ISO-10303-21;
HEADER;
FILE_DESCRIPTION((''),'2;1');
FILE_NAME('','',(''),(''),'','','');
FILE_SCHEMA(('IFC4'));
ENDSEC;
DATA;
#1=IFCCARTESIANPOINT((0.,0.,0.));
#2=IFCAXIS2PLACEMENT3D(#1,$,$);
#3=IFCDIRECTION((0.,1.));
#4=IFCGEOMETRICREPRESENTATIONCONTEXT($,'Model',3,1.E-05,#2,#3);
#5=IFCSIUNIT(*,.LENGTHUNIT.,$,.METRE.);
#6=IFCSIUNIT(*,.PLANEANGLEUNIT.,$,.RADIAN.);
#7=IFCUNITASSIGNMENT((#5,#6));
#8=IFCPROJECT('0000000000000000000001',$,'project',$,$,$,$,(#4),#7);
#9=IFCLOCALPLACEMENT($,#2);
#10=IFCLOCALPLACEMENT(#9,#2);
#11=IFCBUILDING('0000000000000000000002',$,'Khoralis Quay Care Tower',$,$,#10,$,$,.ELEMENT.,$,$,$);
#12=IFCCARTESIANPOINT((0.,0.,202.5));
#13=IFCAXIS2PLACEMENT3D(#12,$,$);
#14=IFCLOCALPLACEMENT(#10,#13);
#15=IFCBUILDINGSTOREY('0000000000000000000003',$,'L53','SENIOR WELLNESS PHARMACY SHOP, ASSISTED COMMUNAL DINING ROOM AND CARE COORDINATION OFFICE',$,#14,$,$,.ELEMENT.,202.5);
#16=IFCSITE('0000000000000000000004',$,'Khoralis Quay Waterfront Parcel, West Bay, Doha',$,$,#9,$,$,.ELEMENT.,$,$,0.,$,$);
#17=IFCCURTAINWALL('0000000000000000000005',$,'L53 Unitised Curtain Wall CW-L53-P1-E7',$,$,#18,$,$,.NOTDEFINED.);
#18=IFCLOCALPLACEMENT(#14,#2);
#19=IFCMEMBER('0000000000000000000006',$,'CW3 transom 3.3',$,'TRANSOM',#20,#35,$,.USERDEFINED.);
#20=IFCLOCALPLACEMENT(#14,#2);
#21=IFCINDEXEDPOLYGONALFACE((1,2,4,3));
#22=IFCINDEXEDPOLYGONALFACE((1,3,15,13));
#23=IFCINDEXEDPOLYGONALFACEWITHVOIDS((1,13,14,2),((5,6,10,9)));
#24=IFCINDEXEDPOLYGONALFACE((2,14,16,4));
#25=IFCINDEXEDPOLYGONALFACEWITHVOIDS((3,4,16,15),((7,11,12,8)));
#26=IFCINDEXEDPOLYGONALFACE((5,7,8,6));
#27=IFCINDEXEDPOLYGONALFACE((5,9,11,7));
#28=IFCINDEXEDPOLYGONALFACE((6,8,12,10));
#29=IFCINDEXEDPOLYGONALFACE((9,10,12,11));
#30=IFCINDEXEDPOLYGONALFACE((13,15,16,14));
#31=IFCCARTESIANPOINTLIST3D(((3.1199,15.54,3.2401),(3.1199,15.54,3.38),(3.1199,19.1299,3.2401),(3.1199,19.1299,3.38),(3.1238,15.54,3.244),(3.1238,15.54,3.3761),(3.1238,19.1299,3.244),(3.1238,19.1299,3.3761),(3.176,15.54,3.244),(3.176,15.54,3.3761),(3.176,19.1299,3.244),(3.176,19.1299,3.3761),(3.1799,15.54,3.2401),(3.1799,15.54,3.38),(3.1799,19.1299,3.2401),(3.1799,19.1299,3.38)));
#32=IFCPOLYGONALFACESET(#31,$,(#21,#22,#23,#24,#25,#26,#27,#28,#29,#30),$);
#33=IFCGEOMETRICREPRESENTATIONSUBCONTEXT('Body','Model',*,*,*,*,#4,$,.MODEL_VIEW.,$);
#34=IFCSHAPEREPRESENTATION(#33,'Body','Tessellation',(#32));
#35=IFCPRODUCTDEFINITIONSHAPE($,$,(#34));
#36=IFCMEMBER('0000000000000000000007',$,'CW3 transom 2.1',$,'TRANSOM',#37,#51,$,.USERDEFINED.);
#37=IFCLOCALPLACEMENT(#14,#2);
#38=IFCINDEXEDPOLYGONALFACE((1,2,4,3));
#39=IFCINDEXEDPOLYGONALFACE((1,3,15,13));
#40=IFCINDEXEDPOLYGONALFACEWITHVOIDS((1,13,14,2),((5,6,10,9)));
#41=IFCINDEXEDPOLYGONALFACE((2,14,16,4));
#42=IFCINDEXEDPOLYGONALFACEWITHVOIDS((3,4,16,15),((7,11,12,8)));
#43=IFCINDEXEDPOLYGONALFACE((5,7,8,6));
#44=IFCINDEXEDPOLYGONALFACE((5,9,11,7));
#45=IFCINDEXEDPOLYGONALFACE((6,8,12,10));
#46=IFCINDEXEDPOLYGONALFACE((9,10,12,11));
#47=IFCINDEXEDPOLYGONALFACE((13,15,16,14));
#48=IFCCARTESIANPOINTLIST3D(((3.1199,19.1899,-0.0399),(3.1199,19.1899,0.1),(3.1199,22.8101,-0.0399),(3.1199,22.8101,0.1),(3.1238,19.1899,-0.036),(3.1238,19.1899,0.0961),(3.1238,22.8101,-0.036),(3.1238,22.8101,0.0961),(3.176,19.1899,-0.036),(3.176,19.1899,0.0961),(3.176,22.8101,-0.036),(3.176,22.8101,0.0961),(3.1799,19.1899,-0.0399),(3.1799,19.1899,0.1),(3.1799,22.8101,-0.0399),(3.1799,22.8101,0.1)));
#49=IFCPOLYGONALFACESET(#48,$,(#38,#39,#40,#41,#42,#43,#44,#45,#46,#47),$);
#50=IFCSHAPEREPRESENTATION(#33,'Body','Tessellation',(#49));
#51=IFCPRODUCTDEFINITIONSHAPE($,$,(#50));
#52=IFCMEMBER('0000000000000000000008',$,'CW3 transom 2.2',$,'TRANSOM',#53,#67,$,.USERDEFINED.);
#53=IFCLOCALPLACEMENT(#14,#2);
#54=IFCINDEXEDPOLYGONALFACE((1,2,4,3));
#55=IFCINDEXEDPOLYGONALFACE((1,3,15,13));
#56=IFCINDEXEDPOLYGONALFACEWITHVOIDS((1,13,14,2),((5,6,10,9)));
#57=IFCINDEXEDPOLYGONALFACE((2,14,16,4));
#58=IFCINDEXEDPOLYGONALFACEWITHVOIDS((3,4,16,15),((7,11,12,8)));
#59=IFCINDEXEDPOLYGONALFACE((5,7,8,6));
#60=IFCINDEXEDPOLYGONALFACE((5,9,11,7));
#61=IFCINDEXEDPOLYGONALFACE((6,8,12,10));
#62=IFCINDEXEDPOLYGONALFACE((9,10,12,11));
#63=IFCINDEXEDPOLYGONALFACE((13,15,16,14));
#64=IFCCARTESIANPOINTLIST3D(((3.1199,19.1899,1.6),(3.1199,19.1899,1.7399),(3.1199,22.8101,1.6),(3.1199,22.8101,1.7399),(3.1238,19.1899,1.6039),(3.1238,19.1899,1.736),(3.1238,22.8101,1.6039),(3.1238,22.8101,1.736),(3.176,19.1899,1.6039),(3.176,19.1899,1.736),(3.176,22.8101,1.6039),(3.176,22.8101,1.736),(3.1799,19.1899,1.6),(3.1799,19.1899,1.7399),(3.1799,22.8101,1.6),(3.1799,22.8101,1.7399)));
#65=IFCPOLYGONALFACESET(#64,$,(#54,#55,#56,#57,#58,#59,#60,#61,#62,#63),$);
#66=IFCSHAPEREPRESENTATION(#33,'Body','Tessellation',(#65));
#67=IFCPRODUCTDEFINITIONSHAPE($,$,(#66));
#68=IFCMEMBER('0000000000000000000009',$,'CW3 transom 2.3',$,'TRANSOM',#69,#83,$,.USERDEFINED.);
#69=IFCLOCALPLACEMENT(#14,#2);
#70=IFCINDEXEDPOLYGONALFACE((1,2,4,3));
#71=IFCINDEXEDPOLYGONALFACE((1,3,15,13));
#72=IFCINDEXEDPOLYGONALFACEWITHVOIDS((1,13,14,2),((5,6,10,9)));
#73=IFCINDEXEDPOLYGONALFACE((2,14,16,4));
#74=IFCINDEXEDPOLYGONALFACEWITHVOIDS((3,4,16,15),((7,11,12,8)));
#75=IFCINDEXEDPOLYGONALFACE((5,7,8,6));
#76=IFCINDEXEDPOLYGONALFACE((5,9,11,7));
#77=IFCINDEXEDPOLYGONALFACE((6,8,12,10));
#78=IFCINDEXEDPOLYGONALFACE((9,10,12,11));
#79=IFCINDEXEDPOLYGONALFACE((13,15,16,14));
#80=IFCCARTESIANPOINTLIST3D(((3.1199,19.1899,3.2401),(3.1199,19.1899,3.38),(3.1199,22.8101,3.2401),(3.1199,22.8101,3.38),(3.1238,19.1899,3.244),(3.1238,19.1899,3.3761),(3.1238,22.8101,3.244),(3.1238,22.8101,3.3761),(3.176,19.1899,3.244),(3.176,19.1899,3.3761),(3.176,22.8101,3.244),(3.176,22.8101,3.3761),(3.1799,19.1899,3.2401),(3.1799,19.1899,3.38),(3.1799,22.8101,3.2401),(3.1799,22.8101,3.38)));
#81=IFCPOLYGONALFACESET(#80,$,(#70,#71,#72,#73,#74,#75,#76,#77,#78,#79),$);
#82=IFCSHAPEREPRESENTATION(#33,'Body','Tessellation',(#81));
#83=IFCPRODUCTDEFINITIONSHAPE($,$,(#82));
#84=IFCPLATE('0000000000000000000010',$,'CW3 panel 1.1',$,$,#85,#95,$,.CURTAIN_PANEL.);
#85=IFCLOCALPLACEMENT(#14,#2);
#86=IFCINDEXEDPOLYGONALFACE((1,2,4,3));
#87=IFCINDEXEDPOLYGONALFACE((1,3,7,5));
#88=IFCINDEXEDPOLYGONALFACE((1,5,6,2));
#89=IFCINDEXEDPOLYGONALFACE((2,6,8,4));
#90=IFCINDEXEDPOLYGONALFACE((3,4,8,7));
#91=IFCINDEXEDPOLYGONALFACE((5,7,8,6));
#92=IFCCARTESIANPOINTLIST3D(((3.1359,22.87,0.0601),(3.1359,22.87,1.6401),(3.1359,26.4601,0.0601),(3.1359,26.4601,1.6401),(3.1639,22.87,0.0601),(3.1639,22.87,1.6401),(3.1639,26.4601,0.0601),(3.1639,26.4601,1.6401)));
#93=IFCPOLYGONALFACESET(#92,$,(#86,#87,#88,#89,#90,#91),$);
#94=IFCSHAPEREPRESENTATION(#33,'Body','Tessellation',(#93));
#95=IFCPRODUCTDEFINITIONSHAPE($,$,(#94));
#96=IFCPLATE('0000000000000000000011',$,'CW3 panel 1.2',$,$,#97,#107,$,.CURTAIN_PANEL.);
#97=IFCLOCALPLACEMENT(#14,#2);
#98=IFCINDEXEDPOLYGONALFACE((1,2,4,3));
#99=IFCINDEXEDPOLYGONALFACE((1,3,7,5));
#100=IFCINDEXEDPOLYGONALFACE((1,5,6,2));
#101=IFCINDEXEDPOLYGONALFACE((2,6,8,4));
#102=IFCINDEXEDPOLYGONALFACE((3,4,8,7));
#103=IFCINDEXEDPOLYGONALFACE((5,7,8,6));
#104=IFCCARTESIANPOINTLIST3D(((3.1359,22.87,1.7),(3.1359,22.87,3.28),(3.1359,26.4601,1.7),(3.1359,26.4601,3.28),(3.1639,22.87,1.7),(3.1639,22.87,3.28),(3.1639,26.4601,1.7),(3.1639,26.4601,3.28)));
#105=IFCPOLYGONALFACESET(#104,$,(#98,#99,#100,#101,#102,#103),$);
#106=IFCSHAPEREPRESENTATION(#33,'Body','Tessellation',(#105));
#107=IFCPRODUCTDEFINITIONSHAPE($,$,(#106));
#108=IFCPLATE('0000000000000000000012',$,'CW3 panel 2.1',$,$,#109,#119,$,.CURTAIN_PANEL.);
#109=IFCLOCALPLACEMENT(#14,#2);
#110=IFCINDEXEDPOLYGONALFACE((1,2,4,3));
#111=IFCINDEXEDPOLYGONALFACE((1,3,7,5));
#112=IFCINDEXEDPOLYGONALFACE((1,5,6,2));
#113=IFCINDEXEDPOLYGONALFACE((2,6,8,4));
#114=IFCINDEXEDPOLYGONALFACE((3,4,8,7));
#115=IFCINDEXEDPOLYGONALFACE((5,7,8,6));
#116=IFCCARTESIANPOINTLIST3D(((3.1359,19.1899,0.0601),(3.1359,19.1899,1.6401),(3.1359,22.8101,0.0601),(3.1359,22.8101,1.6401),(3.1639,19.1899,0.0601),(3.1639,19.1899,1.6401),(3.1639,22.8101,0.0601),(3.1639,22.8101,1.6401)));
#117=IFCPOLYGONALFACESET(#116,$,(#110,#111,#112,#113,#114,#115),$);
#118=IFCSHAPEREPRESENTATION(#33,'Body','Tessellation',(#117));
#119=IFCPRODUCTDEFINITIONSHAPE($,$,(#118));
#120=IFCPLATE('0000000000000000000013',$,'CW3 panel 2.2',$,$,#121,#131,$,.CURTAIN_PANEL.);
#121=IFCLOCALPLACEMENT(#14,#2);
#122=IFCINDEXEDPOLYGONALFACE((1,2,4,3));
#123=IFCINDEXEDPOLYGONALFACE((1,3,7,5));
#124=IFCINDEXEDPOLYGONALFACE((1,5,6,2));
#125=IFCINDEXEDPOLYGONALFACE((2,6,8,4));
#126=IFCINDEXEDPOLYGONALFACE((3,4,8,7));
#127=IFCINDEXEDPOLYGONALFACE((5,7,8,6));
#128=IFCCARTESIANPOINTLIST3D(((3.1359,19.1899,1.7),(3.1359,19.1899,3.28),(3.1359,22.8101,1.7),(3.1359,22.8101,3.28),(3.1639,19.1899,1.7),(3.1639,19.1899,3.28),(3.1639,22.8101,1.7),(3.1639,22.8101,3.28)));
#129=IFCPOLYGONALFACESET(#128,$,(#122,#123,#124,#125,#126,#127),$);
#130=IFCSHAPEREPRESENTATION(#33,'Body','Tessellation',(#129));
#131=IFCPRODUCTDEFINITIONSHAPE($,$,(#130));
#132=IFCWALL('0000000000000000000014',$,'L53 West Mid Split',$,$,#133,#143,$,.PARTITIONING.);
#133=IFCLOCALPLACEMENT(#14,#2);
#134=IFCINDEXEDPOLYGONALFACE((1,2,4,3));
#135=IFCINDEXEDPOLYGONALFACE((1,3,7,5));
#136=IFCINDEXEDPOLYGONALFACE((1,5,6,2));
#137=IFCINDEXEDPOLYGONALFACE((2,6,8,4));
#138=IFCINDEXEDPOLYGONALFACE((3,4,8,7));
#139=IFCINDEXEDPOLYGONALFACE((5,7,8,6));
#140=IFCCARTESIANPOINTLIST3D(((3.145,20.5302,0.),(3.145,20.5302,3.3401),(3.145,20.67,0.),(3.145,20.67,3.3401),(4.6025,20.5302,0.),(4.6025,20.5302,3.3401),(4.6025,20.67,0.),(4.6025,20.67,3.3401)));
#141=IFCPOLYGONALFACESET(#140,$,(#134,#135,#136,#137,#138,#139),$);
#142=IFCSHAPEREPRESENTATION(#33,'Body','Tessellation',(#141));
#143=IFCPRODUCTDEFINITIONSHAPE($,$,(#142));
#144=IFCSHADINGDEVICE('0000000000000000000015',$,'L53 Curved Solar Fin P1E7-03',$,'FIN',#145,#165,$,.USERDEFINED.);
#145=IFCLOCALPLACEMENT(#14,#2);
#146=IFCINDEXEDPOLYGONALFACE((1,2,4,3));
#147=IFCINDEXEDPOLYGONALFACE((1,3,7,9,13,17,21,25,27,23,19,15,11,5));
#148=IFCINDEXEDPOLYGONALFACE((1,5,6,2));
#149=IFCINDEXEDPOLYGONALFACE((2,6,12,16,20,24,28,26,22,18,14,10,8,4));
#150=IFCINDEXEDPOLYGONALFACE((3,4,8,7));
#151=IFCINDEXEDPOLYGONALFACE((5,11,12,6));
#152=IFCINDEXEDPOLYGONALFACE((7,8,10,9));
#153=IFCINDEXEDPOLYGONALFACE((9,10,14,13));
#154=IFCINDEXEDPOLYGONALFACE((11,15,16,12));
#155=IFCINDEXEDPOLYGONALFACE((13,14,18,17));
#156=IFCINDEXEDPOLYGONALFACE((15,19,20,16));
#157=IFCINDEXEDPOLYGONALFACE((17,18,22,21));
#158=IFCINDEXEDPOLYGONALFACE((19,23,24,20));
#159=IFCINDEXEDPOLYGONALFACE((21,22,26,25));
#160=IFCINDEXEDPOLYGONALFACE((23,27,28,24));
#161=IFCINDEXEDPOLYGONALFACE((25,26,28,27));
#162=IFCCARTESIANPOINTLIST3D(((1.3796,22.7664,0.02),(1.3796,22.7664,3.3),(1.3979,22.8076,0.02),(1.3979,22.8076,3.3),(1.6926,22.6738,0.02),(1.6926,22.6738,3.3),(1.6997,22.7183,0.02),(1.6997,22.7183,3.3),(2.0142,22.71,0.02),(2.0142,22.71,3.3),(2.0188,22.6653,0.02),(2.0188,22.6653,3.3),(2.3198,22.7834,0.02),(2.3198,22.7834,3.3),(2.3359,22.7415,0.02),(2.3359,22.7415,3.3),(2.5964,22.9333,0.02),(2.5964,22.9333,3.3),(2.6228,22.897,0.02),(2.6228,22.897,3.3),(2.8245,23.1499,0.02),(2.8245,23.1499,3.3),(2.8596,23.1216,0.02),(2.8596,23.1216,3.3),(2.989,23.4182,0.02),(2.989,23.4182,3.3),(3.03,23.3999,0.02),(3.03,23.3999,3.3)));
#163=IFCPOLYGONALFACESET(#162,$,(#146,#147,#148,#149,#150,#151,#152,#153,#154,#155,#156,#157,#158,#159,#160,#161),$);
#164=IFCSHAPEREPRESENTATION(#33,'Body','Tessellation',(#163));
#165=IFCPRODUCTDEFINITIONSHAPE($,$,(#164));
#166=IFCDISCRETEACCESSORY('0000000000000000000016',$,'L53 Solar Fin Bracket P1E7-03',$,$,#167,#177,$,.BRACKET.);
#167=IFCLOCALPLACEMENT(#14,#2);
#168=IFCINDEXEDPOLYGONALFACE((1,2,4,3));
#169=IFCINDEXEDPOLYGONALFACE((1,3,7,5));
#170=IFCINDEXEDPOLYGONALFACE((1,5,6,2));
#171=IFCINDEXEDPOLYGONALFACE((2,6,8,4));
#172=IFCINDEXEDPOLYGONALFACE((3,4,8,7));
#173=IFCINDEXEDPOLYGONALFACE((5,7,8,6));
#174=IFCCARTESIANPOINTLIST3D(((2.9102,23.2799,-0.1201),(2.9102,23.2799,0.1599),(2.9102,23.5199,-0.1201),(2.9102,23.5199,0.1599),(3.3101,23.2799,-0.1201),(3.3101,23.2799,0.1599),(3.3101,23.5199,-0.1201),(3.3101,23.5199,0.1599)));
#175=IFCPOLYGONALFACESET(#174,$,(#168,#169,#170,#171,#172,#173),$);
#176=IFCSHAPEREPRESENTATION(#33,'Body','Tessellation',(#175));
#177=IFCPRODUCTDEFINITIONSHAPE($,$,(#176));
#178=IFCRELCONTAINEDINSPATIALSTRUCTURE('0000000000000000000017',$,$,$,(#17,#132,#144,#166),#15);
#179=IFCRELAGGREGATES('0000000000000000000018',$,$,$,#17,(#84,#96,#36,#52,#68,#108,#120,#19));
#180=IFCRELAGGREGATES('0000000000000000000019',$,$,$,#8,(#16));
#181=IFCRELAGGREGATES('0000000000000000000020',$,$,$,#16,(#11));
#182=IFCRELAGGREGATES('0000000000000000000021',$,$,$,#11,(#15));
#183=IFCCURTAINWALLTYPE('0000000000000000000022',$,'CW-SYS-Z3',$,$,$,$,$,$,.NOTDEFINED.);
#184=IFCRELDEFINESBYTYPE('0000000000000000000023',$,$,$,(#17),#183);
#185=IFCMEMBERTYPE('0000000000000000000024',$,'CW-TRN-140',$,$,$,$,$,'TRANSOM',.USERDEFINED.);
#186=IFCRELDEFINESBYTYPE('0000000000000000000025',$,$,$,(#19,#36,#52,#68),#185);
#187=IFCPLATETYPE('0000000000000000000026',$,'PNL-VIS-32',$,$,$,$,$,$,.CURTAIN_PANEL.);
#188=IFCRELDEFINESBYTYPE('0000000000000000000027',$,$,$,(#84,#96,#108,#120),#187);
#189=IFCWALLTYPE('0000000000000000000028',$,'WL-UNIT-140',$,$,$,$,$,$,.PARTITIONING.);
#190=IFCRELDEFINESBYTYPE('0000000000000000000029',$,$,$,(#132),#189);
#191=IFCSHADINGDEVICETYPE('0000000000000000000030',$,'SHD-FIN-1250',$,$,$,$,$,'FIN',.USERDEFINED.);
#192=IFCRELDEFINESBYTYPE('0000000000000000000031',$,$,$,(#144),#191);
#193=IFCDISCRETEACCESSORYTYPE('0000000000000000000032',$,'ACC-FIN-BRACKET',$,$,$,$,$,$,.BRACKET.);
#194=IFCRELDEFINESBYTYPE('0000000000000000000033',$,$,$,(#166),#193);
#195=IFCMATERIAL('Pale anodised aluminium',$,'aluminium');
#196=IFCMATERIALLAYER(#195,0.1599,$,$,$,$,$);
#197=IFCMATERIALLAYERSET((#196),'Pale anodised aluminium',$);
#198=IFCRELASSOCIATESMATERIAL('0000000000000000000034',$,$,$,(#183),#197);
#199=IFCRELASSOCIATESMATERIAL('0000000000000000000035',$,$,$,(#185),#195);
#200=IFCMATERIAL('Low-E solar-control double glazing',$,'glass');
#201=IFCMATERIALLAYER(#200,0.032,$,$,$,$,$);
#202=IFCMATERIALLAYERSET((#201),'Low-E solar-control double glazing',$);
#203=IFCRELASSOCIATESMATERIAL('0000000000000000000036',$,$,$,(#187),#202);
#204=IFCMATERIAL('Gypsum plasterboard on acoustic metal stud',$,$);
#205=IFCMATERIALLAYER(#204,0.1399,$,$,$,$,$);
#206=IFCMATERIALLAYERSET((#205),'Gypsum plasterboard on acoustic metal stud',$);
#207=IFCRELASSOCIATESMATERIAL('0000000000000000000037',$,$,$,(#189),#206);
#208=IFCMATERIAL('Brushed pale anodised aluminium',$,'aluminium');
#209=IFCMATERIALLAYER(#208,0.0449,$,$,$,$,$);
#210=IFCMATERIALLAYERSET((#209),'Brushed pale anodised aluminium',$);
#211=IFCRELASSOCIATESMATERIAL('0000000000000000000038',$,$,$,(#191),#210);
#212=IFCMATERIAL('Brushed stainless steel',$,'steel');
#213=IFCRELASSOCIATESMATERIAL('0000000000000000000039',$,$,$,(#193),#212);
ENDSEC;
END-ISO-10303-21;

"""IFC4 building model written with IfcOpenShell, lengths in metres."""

from ifc_helpers import new_model, si_unit, direction, frame, frame_2d, origin, origin_2d, place, context, subcontext, project, spatial, polyline, rectangle, hollow_rectangle, outline, extrude, source, transform, mapped, material, layer, layer_set, material_profile, profile_set, type_object, element, aggregate, save


model = new_model("IFC4")

# Units and contexts
model_context = context("Model", 3, precision=1e-05, world=origin(), true_north=direction((0.0, 1.0)))
body_context = subcontext(model_context, "Body", "Model", "MODEL_VIEW")
ifc_project = project(units=[si_unit("LENGTHUNIT", "METRE"), si_unit("PLANEANGLEUNIT", "RADIAN")], contexts=[model_context])

# Site, building, storey
site_placement = place(None, origin())
site = spatial("IfcSite", under=ifc_project, at=site_placement, Name="Khoralis Quay Waterfront Parcel, West Bay, Doha", CompositionType="ELEMENT", RefElevation=0.0)
building_placement = place(site_placement, origin())
building = spatial("IfcBuilding", under=site, at=building_placement, Name="Khoralis Quay Care Tower", CompositionType="ELEMENT")
storey_placement = place(building_placement, frame((0.0, 0.0, 202.5)))
storey = spatial("IfcBuildingStorey", under=building, at=storey_placement, Name="L53", Description="SENIOR WELLNESS PHARMACY SHOP, ASSISTED COMMUNAL DINING ROOM AND CARE COORDINATION OFFICE", CompositionType="ELEMENT", Elevation=202.5)

# Curtain wall, members, plates
ifc_material_1 = material(Name="Pale anodised aluminium", Category="aluminium")
ifc_layer_1 = layer(ifc_material_1, 0.1599)
ifc_layer_set_1 = layer_set([ifc_layer_1], Name="Pale anodised aluminium")
curtain_wall_type = type_object("IfcCurtainWallType", Name="CW-SYS-Z3", PredefinedType="NOTDEFINED", material=ifc_layer_set_1)
curtain_wall_placement = place(storey_placement, origin())
curtain_wall = element("IfcCurtainWall", 1, at=curtain_wall_placement, inside=storey, type_object=curtain_wall_type, Name="L53 Unitised Curtain Wall CW-L53-P1-E7", PredefinedType="NOTDEFINED")
ifc_material_profile_1 = material_profile(ifc_material_1, hollow_rectangle(XDim=0.0601, YDim=0.1399, WallThickness=0.0039, at=origin_2d()), Name="Pale anodised aluminium")
ifc_profile_set_1 = profile_set([ifc_material_profile_1], Name="Pale anodised aluminium")
member_type_1 = type_object("IfcMemberType", Name="CW-TRN-140", ElementType="TRANSOM", PredefinedType="USERDEFINED", material=ifc_profile_set_1)
shared_shape_1 = source(origin(), body_context, "Body", "SweptSolid", [
    extrude(hollow_rectangle(XDim=0.0601, YDim=0.1399, WallThickness=0.0039, at=origin_2d()), origin(), (0.0, 0.0, 1.0), 3.5898),
])
member_1_placement = place(storey_placement, frame((3.1499, 19.1299, 3.3101), z_axis=(0.0, -1.0, 0.0), x_axis=(1.0, 0.0, 0.0)))
member_1 = element("IfcMember", 2, at=member_1_placement, type_object=member_type_1, Name="CW3 transom 3.3", ObjectType="TRANSOM", PredefinedType="USERDEFINED", context=body_context, shape_type="MappedRepresentation", body=[
    mapped(shared_shape_1, transform((0.0, 0.0, 0.0), scale=1.0)),
])
shared_shape_2 = source(origin(), body_context, "Body", "SweptSolid", [
    extrude(hollow_rectangle(XDim=0.0601, YDim=0.1399, WallThickness=0.0039, at=origin_2d()), origin(), (0.0, 0.0, 1.0), 3.6201),
])
member_2_placement = place(storey_placement, frame((3.1499, 22.8101, 0.03), z_axis=(0.0, -1.0, 0.0), x_axis=(1.0, 0.0, 0.0)))
member_2 = element("IfcMember", 3, at=member_2_placement, type_object=member_type_1, Name="CW3 transom 2.1", ObjectType="TRANSOM", PredefinedType="USERDEFINED", context=body_context, shape_type="MappedRepresentation", body=[
    mapped(shared_shape_2, transform((0.0, 0.0, 0.0), scale=1.0)),
])
member_3_placement = place(storey_placement, frame((3.1499, 22.8101, 1.6699), z_axis=(0.0, -1.0, 0.0), x_axis=(1.0, 0.0, 0.0)))
member_3 = element("IfcMember", 4, at=member_3_placement, type_object=member_type_1, Name="CW3 transom 2.2", ObjectType="TRANSOM", PredefinedType="USERDEFINED", context=body_context, shape_type="MappedRepresentation", body=[
    mapped(shared_shape_2, transform((0.0, 0.0, 0.0), scale=1.0)),
])
member_4_placement = place(storey_placement, frame((3.1499, 22.8101, 3.3101), z_axis=(0.0, -1.0, 0.0), x_axis=(1.0, 0.0, 0.0)))
member_4 = element("IfcMember", 5, at=member_4_placement, type_object=member_type_1, Name="CW3 transom 2.3", ObjectType="TRANSOM", PredefinedType="USERDEFINED", context=body_context, shape_type="MappedRepresentation", body=[
    mapped(shared_shape_2, transform((0.0, 0.0, 0.0), scale=1.0)),
])
ifc_material_2 = material(Name="Low-E solar-control double glazing", Category="glass")
ifc_layer_2 = layer(ifc_material_2, 0.032)
ifc_layer_set_2 = layer_set([ifc_layer_2], Name="Low-E solar-control double glazing")
plate_type = type_object("IfcPlateType", Name="PNL-VIS-32", PredefinedType="CURTAIN_PANEL", material=ifc_layer_set_2)
shared_shape_3 = source(origin(), body_context, "Body", "SweptSolid", [
    extrude(rectangle(XDim=3.5901, YDim=0.0281, at=origin_2d()), origin(), (0.0, 0.0, 1.0), 1.5801),
])
plate_1_placement = place(storey_placement, frame((3.1499, 24.665, 0.0601), z_axis=(0.0, 0.0, 1.0), x_axis=(0.0, -1.0, 0.0)))
plate_1 = element("IfcPlate", 6, at=plate_1_placement, type_object=plate_type, Name="CW3 panel 1.1", PredefinedType="CURTAIN_PANEL", context=body_context, shape_type="MappedRepresentation", body=[
    mapped(shared_shape_3, transform((0.0, 0.0, 0.0), scale=1.0)),
])
plate_2_placement = place(storey_placement, frame((3.1499, 24.665, 1.7), z_axis=(0.0, 0.0, 1.0), x_axis=(0.0, -1.0, 0.0)))
plate_2 = element("IfcPlate", 7, at=plate_2_placement, type_object=plate_type, Name="CW3 panel 1.2", PredefinedType="CURTAIN_PANEL", context=body_context, shape_type="MappedRepresentation", body=[
    mapped(shared_shape_3, transform((0.0, 0.0, 0.0), scale=1.0)),
])
shared_shape_4 = source(origin(), body_context, "Body", "SweptSolid", [
    extrude(rectangle(XDim=3.6201, YDim=0.0281, at=origin_2d()), origin(), (0.0, 0.0, 1.0), 1.5801),
])
plate_3_placement = place(storey_placement, frame((3.1499, 21.0, 0.0601), z_axis=(0.0, 0.0, 1.0), x_axis=(0.0, -1.0, 0.0)))
plate_3 = element("IfcPlate", 8, at=plate_3_placement, type_object=plate_type, Name="CW3 panel 2.1", PredefinedType="CURTAIN_PANEL", context=body_context, shape_type="MappedRepresentation", body=[
    mapped(shared_shape_4, transform((0.0, 0.0, 0.0), scale=1.0)),
])
plate_4_placement = place(storey_placement, frame((3.1499, 21.0, 1.7), z_axis=(0.0, 0.0, 1.0), x_axis=(0.0, -1.0, 0.0)))
plate_4 = element("IfcPlate", 9, at=plate_4_placement, type_object=plate_type, Name="CW3 panel 2.2", PredefinedType="CURTAIN_PANEL", context=body_context, shape_type="MappedRepresentation", body=[
    mapped(shared_shape_4, transform((0.0, 0.0, 0.0), scale=1.0)),
])
aggregate(curtain_wall, [plate_1, plate_2, member_2, member_3, member_4, plate_3, plate_4, member_1])

# Wall
ifc_material_3 = material(Name="Gypsum plasterboard on acoustic metal stud")
ifc_layer_3 = layer(ifc_material_3, 0.1399)
ifc_layer_set_3 = layer_set([ifc_layer_3], Name="Gypsum plasterboard on acoustic metal stud")
wall_type = type_object("IfcWallType", Name="WL-UNIT-140", PredefinedType="PARTITIONING", material=ifc_layer_set_3)
wall_placement = place(storey_placement, frame((3.145, 20.6001, 0.0), z_axis=(0.0, 0.0, 1.0), x_axis=(1.0, 0.0, 0.0)))
element("IfcWall", 10, at=wall_placement, inside=storey, type_object=wall_type, Name="L53 West Mid Split", PredefinedType="PARTITIONING", context=body_context, shape_type="SweptSolid", body=[
    extrude(rectangle(XDim=1.4575, YDim=0.1399, at=frame_2d((0.7288, 0.0))), origin(), (0.0, 0.0, 1.0), 3.3401),
])

# Shading device
ifc_material_4 = material(Name="Brushed pale anodised aluminium", Category="aluminium")
ifc_layer_4 = layer(ifc_material_4, 0.0449)
ifc_layer_set_4 = layer_set([ifc_layer_4], Name="Brushed pale anodised aluminium")
shading_device_type = type_object("IfcShadingDeviceType", Name="SHD-FIN-1250", ElementType="FIN", PredefinedType="USERDEFINED", material=ifc_layer_set_4)
shared_shape_5 = source(origin(), body_context, "Body", "SweptSolid", [
    extrude(outline(polyline([(0.0, 0.0), (0.1704, 0.2783), (0.4072, 0.5029), (0.6941, 0.6584), (1.0112, 0.7346), (1.3374, 0.7261), (1.6504, 0.6335), (1.6321, 0.5923), (1.3303, 0.6816), (1.0159, 0.6899), (0.7102, 0.6165), (0.4336, 0.4666), (0.2056, 0.25), (0.041, -0.0183), (0.0, 0.0)])), origin(), (0.0, 0.0, 1.0), 3.28),
])
shading_device_placement = place(storey_placement, frame((3.03, 23.3999, 0.02), z_axis=(0.0, 0.0, 1.0), x_axis=(-1.0, 0.0, 0.0)))
element("IfcShadingDevice", 11, at=shading_device_placement, inside=storey, type_object=shading_device_type, Name="L53 Curved Solar Fin P1E7-03", ObjectType="FIN", PredefinedType="USERDEFINED", context=body_context, shape_type="MappedRepresentation", body=[
    mapped(shared_shape_5, transform((0.0, 0.0, 0.0), scale=1.0)),
])

# Discrete accessory
ifc_material_5 = material(Name="Brushed stainless steel", Category="steel")
discrete_accessory_type = type_object("IfcDiscreteAccessoryType", Name="ACC-FIN-BRACKET", PredefinedType="BRACKET", material=ifc_material_5)
shared_shape_6 = source(origin(), body_context, "Body", "SweptSolid", [
    extrude(rectangle(XDim=0.3999, YDim=0.24, at=origin_2d()), origin(), (0.0, 0.0, 1.0), 0.28),
])
discrete_accessory_placement = place(storey_placement, frame((3.1101, 23.3999, -0.1201), z_axis=(0.0, 0.0, 1.0), x_axis=(-1.0, 0.0, 0.0)))
element("IfcDiscreteAccessory", 12, at=discrete_accessory_placement, inside=storey, type_object=discrete_accessory_type, Name="L53 Solar Fin Bracket P1E7-03", PredefinedType="BRACKET", context=body_context, shape_type="MappedRepresentation", body=[
    mapped(shared_shape_6, transform((0.0, 0.0, 0.0), scale=1.0)),
])

save(model, "model.ifc")
